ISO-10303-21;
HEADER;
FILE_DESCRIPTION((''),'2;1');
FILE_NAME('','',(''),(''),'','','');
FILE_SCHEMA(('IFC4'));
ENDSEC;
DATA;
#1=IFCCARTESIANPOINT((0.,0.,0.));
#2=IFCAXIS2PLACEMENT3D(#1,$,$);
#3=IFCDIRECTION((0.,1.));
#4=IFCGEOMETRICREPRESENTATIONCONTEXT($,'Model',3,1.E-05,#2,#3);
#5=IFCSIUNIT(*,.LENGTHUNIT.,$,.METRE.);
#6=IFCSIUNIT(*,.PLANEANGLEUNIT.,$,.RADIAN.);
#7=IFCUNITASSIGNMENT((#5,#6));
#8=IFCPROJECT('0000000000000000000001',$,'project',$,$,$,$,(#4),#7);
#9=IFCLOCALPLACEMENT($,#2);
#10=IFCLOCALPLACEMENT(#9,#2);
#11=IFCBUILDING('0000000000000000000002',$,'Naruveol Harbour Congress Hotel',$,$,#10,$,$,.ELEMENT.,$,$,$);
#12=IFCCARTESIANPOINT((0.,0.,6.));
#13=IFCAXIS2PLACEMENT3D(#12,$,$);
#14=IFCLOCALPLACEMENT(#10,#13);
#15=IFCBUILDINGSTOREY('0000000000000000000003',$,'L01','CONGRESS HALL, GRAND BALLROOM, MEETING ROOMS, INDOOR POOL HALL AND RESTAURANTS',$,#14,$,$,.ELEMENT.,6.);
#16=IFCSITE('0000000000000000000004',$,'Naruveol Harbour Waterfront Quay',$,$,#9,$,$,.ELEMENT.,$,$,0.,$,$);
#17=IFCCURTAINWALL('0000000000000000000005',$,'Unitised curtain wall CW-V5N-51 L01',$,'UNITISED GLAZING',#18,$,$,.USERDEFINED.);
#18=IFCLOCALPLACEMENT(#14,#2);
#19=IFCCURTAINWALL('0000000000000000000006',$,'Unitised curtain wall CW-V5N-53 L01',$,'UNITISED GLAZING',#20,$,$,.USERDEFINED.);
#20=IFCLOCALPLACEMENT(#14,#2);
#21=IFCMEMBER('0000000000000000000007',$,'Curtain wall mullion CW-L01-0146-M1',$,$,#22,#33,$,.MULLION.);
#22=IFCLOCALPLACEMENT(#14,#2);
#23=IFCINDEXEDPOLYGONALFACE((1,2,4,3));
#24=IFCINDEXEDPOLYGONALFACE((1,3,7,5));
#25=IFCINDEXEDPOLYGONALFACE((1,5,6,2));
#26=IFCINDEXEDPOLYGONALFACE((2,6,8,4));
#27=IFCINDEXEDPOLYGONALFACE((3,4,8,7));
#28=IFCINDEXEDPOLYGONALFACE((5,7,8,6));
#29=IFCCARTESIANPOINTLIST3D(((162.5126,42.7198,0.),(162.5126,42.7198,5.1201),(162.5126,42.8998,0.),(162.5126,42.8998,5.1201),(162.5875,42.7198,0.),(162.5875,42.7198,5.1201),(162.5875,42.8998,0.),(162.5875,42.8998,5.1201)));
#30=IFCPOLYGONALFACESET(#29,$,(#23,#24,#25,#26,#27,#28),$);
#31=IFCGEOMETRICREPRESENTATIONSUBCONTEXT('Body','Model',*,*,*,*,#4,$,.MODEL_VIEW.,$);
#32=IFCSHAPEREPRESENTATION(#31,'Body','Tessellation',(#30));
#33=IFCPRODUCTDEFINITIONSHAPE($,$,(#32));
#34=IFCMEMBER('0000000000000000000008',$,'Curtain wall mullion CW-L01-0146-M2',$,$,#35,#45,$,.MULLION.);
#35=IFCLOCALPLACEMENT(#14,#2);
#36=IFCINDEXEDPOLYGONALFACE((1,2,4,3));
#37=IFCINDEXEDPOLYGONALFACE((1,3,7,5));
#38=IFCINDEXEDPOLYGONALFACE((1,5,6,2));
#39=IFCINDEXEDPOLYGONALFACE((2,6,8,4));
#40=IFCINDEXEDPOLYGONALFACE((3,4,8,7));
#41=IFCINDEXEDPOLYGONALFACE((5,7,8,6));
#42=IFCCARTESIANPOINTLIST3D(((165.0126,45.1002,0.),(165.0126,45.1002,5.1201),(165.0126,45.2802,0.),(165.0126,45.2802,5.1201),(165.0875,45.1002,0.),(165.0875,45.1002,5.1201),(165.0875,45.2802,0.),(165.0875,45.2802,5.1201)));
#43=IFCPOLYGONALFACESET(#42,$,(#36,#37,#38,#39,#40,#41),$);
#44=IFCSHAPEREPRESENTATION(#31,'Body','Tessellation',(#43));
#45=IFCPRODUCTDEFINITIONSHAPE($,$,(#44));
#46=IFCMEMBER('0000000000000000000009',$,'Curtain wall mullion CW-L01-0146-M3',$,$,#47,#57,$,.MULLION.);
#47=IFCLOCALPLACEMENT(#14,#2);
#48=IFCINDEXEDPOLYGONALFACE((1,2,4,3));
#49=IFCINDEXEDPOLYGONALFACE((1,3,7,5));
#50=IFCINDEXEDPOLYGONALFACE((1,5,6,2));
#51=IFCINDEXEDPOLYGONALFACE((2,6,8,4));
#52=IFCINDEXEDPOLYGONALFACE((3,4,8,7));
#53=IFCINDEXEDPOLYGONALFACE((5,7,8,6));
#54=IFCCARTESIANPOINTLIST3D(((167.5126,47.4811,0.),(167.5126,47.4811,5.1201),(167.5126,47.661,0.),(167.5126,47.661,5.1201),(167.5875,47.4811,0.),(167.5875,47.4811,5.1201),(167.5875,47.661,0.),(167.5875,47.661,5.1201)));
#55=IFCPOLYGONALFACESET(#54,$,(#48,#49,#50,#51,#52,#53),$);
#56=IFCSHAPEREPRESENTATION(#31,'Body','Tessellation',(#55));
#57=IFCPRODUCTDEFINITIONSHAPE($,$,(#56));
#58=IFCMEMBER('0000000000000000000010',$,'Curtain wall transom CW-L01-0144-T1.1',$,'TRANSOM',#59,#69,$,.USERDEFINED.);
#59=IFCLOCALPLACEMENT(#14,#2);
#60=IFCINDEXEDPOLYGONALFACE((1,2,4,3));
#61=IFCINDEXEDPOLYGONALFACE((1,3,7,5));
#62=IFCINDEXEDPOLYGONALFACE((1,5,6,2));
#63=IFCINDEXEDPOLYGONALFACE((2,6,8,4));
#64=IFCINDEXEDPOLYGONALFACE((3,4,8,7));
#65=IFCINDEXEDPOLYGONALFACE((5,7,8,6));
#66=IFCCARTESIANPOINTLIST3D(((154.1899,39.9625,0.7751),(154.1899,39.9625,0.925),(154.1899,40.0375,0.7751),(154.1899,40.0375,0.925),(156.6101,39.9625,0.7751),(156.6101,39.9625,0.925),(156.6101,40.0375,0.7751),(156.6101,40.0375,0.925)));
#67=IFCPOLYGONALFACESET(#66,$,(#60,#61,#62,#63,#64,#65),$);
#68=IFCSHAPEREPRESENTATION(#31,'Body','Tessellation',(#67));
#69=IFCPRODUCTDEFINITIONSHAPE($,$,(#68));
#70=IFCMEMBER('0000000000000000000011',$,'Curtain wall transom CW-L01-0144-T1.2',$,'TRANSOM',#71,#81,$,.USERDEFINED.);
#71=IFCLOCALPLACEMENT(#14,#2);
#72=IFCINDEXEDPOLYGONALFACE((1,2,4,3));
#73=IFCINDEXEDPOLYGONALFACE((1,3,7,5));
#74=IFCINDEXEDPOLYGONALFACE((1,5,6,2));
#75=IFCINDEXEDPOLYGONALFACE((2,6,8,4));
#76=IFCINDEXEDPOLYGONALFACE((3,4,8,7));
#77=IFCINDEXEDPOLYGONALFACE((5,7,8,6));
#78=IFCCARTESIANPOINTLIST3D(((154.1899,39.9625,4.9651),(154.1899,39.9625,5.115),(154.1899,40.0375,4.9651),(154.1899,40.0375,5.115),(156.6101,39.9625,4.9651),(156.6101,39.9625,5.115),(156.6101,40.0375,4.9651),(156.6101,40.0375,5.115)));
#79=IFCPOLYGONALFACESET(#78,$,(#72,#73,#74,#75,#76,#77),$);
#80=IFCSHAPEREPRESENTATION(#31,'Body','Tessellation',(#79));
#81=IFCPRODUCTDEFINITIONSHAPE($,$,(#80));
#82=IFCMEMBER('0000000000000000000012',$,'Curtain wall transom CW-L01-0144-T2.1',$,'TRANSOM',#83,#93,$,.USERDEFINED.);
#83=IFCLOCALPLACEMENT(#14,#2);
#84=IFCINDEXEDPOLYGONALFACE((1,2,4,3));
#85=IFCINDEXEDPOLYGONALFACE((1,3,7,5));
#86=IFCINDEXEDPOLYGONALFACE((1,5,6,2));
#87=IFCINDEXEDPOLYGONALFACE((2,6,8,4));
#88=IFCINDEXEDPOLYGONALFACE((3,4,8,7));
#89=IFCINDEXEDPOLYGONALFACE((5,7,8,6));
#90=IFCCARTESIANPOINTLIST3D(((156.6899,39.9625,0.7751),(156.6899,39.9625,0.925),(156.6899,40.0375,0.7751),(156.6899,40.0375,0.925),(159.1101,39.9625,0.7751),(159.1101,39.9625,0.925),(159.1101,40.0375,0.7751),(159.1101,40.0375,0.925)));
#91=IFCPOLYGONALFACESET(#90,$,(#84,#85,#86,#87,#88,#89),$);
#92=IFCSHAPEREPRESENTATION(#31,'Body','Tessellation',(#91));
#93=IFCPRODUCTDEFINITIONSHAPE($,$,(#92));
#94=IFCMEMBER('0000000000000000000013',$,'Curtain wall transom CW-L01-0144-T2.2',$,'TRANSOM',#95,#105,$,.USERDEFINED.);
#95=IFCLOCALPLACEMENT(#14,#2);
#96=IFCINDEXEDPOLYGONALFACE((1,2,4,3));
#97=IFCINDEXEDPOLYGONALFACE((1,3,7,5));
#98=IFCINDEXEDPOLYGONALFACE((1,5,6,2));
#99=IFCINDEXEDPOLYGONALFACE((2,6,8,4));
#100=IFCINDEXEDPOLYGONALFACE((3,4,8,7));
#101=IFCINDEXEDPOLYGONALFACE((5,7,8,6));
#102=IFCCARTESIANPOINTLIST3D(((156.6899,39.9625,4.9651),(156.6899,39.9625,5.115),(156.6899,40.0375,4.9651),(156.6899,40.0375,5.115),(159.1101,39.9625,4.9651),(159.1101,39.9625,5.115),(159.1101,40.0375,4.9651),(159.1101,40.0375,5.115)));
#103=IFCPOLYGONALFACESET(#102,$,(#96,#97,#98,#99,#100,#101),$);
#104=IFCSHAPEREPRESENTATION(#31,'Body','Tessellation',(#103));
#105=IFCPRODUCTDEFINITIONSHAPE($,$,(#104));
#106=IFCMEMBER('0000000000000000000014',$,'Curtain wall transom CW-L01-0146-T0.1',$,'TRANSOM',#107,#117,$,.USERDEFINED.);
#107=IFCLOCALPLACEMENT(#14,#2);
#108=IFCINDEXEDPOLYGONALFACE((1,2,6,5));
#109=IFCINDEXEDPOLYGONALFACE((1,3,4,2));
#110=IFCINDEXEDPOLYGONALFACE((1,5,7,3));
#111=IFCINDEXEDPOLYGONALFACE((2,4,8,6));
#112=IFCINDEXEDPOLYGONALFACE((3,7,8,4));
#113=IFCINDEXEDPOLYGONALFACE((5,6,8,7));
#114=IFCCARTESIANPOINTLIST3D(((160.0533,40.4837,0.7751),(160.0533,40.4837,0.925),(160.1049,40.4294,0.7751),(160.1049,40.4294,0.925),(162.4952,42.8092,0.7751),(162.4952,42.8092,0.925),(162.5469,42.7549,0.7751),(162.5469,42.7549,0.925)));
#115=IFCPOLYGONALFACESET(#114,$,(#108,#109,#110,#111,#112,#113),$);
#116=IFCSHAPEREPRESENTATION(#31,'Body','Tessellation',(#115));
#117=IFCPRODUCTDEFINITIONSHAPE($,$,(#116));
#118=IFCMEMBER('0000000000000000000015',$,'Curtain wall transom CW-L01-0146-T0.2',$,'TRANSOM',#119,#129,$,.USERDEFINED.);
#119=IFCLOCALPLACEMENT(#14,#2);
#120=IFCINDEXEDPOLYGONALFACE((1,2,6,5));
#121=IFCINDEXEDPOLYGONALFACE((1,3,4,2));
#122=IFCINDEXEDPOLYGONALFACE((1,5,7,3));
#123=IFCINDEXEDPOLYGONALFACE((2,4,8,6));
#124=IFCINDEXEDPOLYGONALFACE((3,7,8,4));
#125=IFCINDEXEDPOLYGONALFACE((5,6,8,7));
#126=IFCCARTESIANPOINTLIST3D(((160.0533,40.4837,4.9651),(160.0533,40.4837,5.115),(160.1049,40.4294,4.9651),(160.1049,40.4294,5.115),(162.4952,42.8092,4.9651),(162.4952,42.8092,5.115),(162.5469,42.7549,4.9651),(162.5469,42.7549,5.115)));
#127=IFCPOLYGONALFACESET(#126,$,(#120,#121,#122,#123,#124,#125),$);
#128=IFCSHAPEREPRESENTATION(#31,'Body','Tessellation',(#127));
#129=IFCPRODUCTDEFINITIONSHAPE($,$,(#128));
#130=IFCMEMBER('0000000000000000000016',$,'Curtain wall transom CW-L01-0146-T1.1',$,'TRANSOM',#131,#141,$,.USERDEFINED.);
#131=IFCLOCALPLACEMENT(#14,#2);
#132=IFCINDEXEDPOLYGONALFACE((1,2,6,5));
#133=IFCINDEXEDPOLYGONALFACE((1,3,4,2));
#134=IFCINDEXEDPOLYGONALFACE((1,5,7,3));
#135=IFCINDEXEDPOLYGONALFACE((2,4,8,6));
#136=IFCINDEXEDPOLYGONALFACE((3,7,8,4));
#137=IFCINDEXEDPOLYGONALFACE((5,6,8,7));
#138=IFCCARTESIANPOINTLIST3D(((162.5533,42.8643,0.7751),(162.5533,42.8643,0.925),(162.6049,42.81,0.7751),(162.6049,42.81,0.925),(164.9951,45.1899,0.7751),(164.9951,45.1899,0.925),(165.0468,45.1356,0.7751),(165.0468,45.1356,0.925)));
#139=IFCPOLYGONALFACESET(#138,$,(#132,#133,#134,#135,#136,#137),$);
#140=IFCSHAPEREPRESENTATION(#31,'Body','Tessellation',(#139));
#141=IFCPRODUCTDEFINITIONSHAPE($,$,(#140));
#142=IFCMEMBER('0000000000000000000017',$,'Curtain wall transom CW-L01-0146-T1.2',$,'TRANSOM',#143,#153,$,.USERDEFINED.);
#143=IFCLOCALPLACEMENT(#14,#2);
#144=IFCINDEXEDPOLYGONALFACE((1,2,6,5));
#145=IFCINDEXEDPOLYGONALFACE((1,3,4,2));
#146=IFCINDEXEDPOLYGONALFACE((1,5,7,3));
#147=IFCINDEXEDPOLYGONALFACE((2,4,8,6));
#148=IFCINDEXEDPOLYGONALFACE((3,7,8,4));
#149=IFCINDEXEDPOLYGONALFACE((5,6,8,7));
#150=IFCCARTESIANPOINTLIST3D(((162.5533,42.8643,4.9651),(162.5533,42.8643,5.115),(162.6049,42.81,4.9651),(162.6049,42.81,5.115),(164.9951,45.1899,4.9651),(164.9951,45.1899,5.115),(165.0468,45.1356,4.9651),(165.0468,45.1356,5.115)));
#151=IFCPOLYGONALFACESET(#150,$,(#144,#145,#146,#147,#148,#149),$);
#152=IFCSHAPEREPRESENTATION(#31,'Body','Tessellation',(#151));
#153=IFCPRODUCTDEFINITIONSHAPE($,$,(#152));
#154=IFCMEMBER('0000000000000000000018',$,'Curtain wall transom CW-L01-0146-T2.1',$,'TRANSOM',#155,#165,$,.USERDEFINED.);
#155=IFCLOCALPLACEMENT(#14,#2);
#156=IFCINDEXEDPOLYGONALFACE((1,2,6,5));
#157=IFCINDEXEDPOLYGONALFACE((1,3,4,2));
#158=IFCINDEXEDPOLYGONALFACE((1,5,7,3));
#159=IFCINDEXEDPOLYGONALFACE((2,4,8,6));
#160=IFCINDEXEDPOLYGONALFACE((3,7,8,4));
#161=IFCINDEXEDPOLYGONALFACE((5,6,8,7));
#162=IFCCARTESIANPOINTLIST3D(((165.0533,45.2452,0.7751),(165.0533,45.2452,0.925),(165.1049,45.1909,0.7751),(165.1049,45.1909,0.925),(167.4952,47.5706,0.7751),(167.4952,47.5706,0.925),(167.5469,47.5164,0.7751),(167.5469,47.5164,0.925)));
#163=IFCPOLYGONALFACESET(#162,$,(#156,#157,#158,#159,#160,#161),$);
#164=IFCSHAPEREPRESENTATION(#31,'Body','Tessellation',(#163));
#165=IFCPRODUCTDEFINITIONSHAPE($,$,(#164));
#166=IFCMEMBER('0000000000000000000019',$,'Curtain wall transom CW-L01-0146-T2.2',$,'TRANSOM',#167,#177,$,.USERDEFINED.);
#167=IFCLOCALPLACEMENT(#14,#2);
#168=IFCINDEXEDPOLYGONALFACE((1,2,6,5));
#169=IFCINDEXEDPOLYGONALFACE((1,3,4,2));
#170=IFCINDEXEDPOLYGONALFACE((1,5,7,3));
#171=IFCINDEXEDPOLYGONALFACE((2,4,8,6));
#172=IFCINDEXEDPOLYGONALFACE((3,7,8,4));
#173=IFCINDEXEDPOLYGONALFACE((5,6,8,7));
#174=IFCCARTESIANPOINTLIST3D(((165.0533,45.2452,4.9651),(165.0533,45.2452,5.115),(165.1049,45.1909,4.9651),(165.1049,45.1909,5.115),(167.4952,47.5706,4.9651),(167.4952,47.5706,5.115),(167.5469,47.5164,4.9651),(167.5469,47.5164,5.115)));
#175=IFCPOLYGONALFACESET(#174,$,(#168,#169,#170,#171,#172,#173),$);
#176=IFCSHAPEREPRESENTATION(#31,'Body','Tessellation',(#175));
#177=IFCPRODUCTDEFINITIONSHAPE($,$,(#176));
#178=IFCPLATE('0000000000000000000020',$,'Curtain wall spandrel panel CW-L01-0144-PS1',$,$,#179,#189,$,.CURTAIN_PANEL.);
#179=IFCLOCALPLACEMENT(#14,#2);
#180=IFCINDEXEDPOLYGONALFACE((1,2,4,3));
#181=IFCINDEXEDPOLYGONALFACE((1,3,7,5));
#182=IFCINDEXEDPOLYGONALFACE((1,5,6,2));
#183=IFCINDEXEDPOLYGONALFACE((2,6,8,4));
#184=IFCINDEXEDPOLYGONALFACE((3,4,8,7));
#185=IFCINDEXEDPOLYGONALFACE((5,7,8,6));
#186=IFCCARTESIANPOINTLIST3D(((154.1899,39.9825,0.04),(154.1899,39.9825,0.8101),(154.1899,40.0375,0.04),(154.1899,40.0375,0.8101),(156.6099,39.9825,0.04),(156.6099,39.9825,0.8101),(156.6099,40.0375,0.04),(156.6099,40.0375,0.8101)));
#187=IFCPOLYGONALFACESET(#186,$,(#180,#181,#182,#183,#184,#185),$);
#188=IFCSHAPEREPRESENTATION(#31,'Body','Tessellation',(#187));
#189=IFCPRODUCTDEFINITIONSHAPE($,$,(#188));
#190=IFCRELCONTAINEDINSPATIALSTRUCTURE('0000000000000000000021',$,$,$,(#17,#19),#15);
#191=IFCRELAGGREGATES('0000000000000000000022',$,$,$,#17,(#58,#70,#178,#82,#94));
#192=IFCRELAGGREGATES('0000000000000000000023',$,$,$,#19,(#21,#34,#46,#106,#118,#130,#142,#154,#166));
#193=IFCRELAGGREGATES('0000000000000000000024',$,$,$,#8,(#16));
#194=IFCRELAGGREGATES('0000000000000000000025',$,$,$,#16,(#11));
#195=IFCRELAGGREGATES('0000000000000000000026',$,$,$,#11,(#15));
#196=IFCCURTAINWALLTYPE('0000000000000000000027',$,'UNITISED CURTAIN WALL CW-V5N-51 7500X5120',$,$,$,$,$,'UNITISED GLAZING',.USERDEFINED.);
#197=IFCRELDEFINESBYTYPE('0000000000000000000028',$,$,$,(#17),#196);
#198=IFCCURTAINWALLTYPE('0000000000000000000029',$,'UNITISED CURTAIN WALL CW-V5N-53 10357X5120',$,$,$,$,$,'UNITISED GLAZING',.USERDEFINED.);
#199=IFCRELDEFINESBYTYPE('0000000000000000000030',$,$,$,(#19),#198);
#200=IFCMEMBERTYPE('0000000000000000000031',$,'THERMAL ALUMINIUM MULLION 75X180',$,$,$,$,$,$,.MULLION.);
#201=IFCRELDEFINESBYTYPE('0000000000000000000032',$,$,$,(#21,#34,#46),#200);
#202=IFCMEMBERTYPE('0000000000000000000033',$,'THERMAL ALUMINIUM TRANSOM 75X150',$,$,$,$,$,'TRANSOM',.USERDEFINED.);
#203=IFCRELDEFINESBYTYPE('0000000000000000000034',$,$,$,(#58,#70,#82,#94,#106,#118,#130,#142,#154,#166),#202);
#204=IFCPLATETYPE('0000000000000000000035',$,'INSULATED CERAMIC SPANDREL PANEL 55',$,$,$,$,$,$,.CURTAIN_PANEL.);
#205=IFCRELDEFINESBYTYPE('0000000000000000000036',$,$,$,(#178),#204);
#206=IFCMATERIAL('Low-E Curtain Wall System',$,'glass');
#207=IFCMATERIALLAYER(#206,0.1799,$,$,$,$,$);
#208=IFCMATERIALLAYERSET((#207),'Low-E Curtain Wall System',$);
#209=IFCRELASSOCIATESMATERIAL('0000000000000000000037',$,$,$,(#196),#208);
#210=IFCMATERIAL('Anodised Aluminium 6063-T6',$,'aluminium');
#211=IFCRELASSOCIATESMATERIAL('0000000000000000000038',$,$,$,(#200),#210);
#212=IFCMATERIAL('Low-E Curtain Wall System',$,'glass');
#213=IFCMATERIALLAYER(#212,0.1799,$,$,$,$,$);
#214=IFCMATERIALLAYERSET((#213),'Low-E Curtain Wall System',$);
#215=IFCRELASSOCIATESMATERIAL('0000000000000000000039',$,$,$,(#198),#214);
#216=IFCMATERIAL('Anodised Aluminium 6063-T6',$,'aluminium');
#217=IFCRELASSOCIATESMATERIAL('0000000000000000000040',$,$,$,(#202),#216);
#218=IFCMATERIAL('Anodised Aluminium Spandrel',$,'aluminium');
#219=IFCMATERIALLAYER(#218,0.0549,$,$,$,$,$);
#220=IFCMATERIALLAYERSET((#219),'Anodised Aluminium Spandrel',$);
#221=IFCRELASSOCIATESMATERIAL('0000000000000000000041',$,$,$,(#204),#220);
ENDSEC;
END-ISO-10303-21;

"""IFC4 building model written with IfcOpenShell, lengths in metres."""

from ifc_helpers import new_model, si_unit, direction, frame, origin, origin_2d, place, context, subcontext, project, spatial, rectangle, extrude, material, layer, layer_set, material_profile, profile_set, type_object, element, aggregate, save


model = new_model("IFC4")

# Units and contexts
model_context = context("Model", 3, precision=1e-05, world=origin(), true_north=direction((0.0, 1.0)))
body_context = subcontext(model_context, "Body", "Model", "MODEL_VIEW")
ifc_project = project(units=[si_unit("LENGTHUNIT", "METRE"), si_unit("PLANEANGLEUNIT", "RADIAN")], contexts=[model_context])

# Site, building, storey
site_placement = place(None, origin())
site = spatial("IfcSite", under=ifc_project, at=site_placement, Name="Naruveol Harbour Waterfront Quay", CompositionType="ELEMENT", RefElevation=0.0)
building_placement = place(site_placement, origin())
building = spatial("IfcBuilding", under=site, at=building_placement, Name="Naruveol Harbour Congress Hotel", CompositionType="ELEMENT")
storey_placement = place(building_placement, frame((0.0, 0.0, 6.0)))
storey = spatial("IfcBuildingStorey", under=building, at=storey_placement, Name="L01", Description="CONGRESS HALL, GRAND BALLROOM, MEETING ROOMS, INDOOR POOL HALL AND RESTAURANTS", CompositionType="ELEMENT", Elevation=6.0)

# Curtain walls, members
ifc_material_1 = material(Name="Low-E Curtain Wall System", Category="glass")
ifc_layer_1 = layer(ifc_material_1, 0.1799)
ifc_layer_set_1 = layer_set([ifc_layer_1], Name="Low-E Curtain Wall System")
curtain_wall_type_1 = type_object("IfcCurtainWallType", Name="UNITISED CURTAIN WALL CW-V5N-51 7500X5120", ElementType="UNITISED GLAZING", PredefinedType="USERDEFINED", material=ifc_layer_set_1)
curtain_wall_1_placement = place(storey_placement, origin())
curtain_wall_1 = element("IfcCurtainWall", 1, at=curtain_wall_1_placement, inside=storey, type_object=curtain_wall_type_1, Name="Unitised curtain wall CW-V5N-51 L01", ObjectType="UNITISED GLAZING", PredefinedType="USERDEFINED")
ifc_material_2 = material(Name="Anodised Aluminium 6063-T6", Category="aluminium")
ifc_material_profile_1 = material_profile(ifc_material_2, rectangle(XDim=0.075, YDim=0.1799, at=origin_2d()), Name="ALU-75x180")
ifc_profile_set_1 = profile_set([ifc_material_profile_1], Name="Anodised Aluminium 6063-T6")
member_type_1 = type_object("IfcMemberType", Name="THERMAL ALUMINIUM MULLION 75X180", PredefinedType="MULLION", material=ifc_profile_set_1)
ifc_material_3 = material(Name="Low-E Curtain Wall System", Category="glass")
ifc_layer_2 = layer(ifc_material_3, 0.1799)
ifc_layer_set_2 = layer_set([ifc_layer_2], Name="Low-E Curtain Wall System")
curtain_wall_type_2 = type_object("IfcCurtainWallType", Name="UNITISED CURTAIN WALL CW-V5N-53 10357X5120", ElementType="UNITISED GLAZING", PredefinedType="USERDEFINED", material=ifc_layer_set_2)
curtain_wall_2_placement = place(storey_placement, origin())
curtain_wall_2 = element("IfcCurtainWall", 2, at=curtain_wall_2_placement, inside=storey, type_object=curtain_wall_type_2, Name="Unitised curtain wall CW-V5N-53 L01", ObjectType="UNITISED GLAZING", PredefinedType="USERDEFINED")
member_1_placement = place(storey_placement, frame((162.55, 42.8098, 0.0), z_axis=(0.0, 0.0, 1.0), x_axis=(1.0, 0.0, 0.0)))
member_1 = element("IfcMember", 3, at=member_1_placement, type_object=member_type_1, Name="Curtain wall mullion CW-L01-0146-M1", PredefinedType="MULLION", context=body_context, shape_type="SweptSolid", body=[
    extrude(rectangle(XDim=0.075, YDim=0.1799, at=origin_2d()), origin(), (0.0, 0.0, 1.0), 5.1201),
])
member_2_placement = place(storey_placement, frame((165.05, 45.1902, 0.0), z_axis=(0.0, 0.0, 1.0), x_axis=(1.0, 0.0, 0.0)))
member_2 = element("IfcMember", 4, at=member_2_placement, type_object=member_type_1, Name="Curtain wall mullion CW-L01-0146-M2", PredefinedType="MULLION", context=body_context, shape_type="SweptSolid", body=[
    extrude(rectangle(XDim=0.075, YDim=0.1799, at=origin_2d()), origin(), (0.0, 0.0, 1.0), 5.1201),
])
member_3_placement = place(storey_placement, frame((167.55, 47.571, 0.0), z_axis=(0.0, 0.0, 1.0), x_axis=(1.0, 0.0, 0.0)))
member_3 = element("IfcMember", 5, at=member_3_placement, type_object=member_type_1, Name="Curtain wall mullion CW-L01-0146-M3", PredefinedType="MULLION", context=body_context, shape_type="SweptSolid", body=[
    extrude(rectangle(XDim=0.075, YDim=0.1799, at=origin_2d()), origin(), (0.0, 0.0, 1.0), 5.1201),
])

# Members
ifc_material_4 = material(Name="Anodised Aluminium 6063-T6", Category="aluminium")
ifc_material_profile_2 = material_profile(ifc_material_4, rectangle(XDim=0.075, YDim=0.1499, at=origin_2d()), Name="ALU-75x150")
ifc_profile_set_2 = profile_set([ifc_material_profile_2], Name="Anodised Aluminium 6063-T6")
member_type_2 = type_object("IfcMemberType", Name="THERMAL ALUMINIUM TRANSOM 75X150", ElementType="TRANSOM", PredefinedType="USERDEFINED", material=ifc_profile_set_2)
member_4_placement = place(storey_placement, frame((154.1899, 40.0, 0.8501), z_axis=(1.0, 0.0, 0.0), x_axis=(0.0, 1.0, 0.0)))
member_4 = element("IfcMember", 6, at=member_4_placement, type_object=member_type_2, Name="Curtain wall transom CW-L01-0144-T1.1", ObjectType="TRANSOM", PredefinedType="USERDEFINED", context=body_context, shape_type="SweptSolid", body=[
    extrude(rectangle(XDim=0.075, YDim=0.1499, at=origin_2d()), origin(), (0.0, 0.0, 1.0), 2.4202),
])
member_5_placement = place(storey_placement, frame((154.1899, 40.0, 5.04), z_axis=(1.0, 0.0, 0.0), x_axis=(0.0, 1.0, 0.0)))
member_5 = element("IfcMember", 7, at=member_5_placement, type_object=member_type_2, Name="Curtain wall transom CW-L01-0144-T1.2", ObjectType="TRANSOM", PredefinedType="USERDEFINED", context=body_context, shape_type="SweptSolid", body=[
    extrude(rectangle(XDim=0.075, YDim=0.1499, at=origin_2d()), origin(), (0.0, 0.0, 1.0), 2.4202),
])
member_6_placement = place(storey_placement, frame((156.6899, 40.0, 0.8501), z_axis=(1.0, 0.0, 0.0), x_axis=(0.0, 1.0, 0.0)))
member_6 = element("IfcMember", 8, at=member_6_placement, type_object=member_type_2, Name="Curtain wall transom CW-L01-0144-T2.1", ObjectType="TRANSOM", PredefinedType="USERDEFINED", context=body_context, shape_type="SweptSolid", body=[
    extrude(rectangle(XDim=0.075, YDim=0.1499, at=origin_2d()), origin(), (0.0, 0.0, 1.0), 2.4202),
])
member_7_placement = place(storey_placement, frame((156.6899, 40.0, 5.04), z_axis=(1.0, 0.0, 0.0), x_axis=(0.0, 1.0, 0.0)))
member_7 = element("IfcMember", 9, at=member_7_placement, type_object=member_type_2, Name="Curtain wall transom CW-L01-0144-T2.2", ObjectType="TRANSOM", PredefinedType="USERDEFINED", context=body_context, shape_type="SweptSolid", body=[
    extrude(rectangle(XDim=0.075, YDim=0.1499, at=origin_2d()), origin(), (0.0, 0.0, 1.0), 2.4202),
])
member_8_placement = place(storey_placement, frame((160.0791, 40.4565, 0.8501), z_axis=(0.724164, 0.689628, 0.0), x_axis=(-0.689628, 0.724164, 0.0)))
member_8 = element("IfcMember", 10, at=member_8_placement, type_object=member_type_2, Name="Curtain wall transom CW-L01-0146-T0.1", ObjectType="TRANSOM", PredefinedType="USERDEFINED", context=body_context, shape_type="SweptSolid", body=[
    extrude(rectangle(XDim=0.075, YDim=0.1499, at=origin_2d()), origin(), (0.0, 0.0, 1.0), 3.3721),
])
member_9_placement = place(storey_placement, frame((160.0791, 40.4565, 5.04), z_axis=(0.724164, 0.689628, 0.0), x_axis=(-0.689628, 0.724164, 0.0)))
member_9 = element("IfcMember", 11, at=member_9_placement, type_object=member_type_2, Name="Curtain wall transom CW-L01-0146-T0.2", ObjectType="TRANSOM", PredefinedType="USERDEFINED", context=body_context, shape_type="SweptSolid", body=[
    extrude(rectangle(XDim=0.075, YDim=0.1499, at=origin_2d()), origin(), (0.0, 0.0, 1.0), 3.3721),
])
member_10_placement = place(storey_placement, frame((162.5791, 42.8372, 0.8501), z_axis=(0.724128, 0.689666, 0.0), x_axis=(-0.689666, 0.724128, 0.0)))
member_10 = element("IfcMember", 12, at=member_10_placement, type_object=member_type_2, Name="Curtain wall transom CW-L01-0146-T1.1", ObjectType="TRANSOM", PredefinedType="USERDEFINED", context=body_context, shape_type="SweptSolid", body=[
    extrude(rectangle(XDim=0.075, YDim=0.1499, at=origin_2d()), origin(), (0.0, 0.0, 1.0), 3.3721),
])
member_11_placement = place(storey_placement, frame((162.5791, 42.8372, 5.04), z_axis=(0.724128, 0.689666, 0.0), x_axis=(-0.689666, 0.724128, 0.0)))
member_11 = element("IfcMember", 13, at=member_11_placement, type_object=member_type_2, Name="Curtain wall transom CW-L01-0146-T1.2", ObjectType="TRANSOM", PredefinedType="USERDEFINED", context=body_context, shape_type="SweptSolid", body=[
    extrude(rectangle(XDim=0.075, YDim=0.1499, at=origin_2d()), origin(), (0.0, 0.0, 1.0), 3.3721),
])
member_12_placement = place(storey_placement, frame((165.0791, 45.218, 0.8501), z_axis=(0.724164, 0.689628, 0.0), x_axis=(-0.689628, 0.724164, 0.0)))
member_12 = element("IfcMember", 14, at=member_12_placement, type_object=member_type_2, Name="Curtain wall transom CW-L01-0146-T2.1", ObjectType="TRANSOM", PredefinedType="USERDEFINED", context=body_context, shape_type="SweptSolid", body=[
    extrude(rectangle(XDim=0.075, YDim=0.1499, at=origin_2d()), origin(), (0.0, 0.0, 1.0), 3.3721),
])
member_13_placement = place(storey_placement, frame((165.0791, 45.218, 5.04), z_axis=(0.724164, 0.689628, 0.0), x_axis=(-0.689628, 0.724164, 0.0)))
member_13 = element("IfcMember", 15, at=member_13_placement, type_object=member_type_2, Name="Curtain wall transom CW-L01-0146-T2.2", ObjectType="TRANSOM", PredefinedType="USERDEFINED", context=body_context, shape_type="SweptSolid", body=[
    extrude(rectangle(XDim=0.075, YDim=0.1499, at=origin_2d()), origin(), (0.0, 0.0, 1.0), 3.3721),
])

# Plate
ifc_material_5 = material(Name="Anodised Aluminium Spandrel", Category="aluminium")
ifc_layer_3 = layer(ifc_material_5, 0.0549)
ifc_layer_set_3 = layer_set([ifc_layer_3], Name="Anodised Aluminium Spandrel")
plate_type_1 = type_object("IfcPlateType", Name="INSULATED CERAMIC SPANDREL PANEL 55", PredefinedType="CURTAIN_PANEL", material=ifc_layer_set_3)
plate_1_placement = place(storey_placement, frame((155.3999, 40.01, 0.04), z_axis=(0.0, 0.0, 1.0), x_axis=(1.0, 0.0, 0.0)))
plate_1 = element("IfcPlate", 16, at=plate_1_placement, type_object=plate_type_1, Name="Curtain wall spandrel panel CW-L01-0144-PS1", PredefinedType="CURTAIN_PANEL", context=body_context, shape_type="SweptSolid", body=[
    extrude(rectangle(XDim=2.4199, YDim=0.0549, at=origin_2d()), origin(), (0.0, 0.0, 1.0), 0.77),
])
aggregate(curtain_wall_1, [member_4, member_5, plate_1, member_6, member_7])
aggregate(curtain_wall_2, [member_1, member_2, member_3, member_8, member_9, member_10, member_11, member_12, member_13])

save(model, "model.ifc")
